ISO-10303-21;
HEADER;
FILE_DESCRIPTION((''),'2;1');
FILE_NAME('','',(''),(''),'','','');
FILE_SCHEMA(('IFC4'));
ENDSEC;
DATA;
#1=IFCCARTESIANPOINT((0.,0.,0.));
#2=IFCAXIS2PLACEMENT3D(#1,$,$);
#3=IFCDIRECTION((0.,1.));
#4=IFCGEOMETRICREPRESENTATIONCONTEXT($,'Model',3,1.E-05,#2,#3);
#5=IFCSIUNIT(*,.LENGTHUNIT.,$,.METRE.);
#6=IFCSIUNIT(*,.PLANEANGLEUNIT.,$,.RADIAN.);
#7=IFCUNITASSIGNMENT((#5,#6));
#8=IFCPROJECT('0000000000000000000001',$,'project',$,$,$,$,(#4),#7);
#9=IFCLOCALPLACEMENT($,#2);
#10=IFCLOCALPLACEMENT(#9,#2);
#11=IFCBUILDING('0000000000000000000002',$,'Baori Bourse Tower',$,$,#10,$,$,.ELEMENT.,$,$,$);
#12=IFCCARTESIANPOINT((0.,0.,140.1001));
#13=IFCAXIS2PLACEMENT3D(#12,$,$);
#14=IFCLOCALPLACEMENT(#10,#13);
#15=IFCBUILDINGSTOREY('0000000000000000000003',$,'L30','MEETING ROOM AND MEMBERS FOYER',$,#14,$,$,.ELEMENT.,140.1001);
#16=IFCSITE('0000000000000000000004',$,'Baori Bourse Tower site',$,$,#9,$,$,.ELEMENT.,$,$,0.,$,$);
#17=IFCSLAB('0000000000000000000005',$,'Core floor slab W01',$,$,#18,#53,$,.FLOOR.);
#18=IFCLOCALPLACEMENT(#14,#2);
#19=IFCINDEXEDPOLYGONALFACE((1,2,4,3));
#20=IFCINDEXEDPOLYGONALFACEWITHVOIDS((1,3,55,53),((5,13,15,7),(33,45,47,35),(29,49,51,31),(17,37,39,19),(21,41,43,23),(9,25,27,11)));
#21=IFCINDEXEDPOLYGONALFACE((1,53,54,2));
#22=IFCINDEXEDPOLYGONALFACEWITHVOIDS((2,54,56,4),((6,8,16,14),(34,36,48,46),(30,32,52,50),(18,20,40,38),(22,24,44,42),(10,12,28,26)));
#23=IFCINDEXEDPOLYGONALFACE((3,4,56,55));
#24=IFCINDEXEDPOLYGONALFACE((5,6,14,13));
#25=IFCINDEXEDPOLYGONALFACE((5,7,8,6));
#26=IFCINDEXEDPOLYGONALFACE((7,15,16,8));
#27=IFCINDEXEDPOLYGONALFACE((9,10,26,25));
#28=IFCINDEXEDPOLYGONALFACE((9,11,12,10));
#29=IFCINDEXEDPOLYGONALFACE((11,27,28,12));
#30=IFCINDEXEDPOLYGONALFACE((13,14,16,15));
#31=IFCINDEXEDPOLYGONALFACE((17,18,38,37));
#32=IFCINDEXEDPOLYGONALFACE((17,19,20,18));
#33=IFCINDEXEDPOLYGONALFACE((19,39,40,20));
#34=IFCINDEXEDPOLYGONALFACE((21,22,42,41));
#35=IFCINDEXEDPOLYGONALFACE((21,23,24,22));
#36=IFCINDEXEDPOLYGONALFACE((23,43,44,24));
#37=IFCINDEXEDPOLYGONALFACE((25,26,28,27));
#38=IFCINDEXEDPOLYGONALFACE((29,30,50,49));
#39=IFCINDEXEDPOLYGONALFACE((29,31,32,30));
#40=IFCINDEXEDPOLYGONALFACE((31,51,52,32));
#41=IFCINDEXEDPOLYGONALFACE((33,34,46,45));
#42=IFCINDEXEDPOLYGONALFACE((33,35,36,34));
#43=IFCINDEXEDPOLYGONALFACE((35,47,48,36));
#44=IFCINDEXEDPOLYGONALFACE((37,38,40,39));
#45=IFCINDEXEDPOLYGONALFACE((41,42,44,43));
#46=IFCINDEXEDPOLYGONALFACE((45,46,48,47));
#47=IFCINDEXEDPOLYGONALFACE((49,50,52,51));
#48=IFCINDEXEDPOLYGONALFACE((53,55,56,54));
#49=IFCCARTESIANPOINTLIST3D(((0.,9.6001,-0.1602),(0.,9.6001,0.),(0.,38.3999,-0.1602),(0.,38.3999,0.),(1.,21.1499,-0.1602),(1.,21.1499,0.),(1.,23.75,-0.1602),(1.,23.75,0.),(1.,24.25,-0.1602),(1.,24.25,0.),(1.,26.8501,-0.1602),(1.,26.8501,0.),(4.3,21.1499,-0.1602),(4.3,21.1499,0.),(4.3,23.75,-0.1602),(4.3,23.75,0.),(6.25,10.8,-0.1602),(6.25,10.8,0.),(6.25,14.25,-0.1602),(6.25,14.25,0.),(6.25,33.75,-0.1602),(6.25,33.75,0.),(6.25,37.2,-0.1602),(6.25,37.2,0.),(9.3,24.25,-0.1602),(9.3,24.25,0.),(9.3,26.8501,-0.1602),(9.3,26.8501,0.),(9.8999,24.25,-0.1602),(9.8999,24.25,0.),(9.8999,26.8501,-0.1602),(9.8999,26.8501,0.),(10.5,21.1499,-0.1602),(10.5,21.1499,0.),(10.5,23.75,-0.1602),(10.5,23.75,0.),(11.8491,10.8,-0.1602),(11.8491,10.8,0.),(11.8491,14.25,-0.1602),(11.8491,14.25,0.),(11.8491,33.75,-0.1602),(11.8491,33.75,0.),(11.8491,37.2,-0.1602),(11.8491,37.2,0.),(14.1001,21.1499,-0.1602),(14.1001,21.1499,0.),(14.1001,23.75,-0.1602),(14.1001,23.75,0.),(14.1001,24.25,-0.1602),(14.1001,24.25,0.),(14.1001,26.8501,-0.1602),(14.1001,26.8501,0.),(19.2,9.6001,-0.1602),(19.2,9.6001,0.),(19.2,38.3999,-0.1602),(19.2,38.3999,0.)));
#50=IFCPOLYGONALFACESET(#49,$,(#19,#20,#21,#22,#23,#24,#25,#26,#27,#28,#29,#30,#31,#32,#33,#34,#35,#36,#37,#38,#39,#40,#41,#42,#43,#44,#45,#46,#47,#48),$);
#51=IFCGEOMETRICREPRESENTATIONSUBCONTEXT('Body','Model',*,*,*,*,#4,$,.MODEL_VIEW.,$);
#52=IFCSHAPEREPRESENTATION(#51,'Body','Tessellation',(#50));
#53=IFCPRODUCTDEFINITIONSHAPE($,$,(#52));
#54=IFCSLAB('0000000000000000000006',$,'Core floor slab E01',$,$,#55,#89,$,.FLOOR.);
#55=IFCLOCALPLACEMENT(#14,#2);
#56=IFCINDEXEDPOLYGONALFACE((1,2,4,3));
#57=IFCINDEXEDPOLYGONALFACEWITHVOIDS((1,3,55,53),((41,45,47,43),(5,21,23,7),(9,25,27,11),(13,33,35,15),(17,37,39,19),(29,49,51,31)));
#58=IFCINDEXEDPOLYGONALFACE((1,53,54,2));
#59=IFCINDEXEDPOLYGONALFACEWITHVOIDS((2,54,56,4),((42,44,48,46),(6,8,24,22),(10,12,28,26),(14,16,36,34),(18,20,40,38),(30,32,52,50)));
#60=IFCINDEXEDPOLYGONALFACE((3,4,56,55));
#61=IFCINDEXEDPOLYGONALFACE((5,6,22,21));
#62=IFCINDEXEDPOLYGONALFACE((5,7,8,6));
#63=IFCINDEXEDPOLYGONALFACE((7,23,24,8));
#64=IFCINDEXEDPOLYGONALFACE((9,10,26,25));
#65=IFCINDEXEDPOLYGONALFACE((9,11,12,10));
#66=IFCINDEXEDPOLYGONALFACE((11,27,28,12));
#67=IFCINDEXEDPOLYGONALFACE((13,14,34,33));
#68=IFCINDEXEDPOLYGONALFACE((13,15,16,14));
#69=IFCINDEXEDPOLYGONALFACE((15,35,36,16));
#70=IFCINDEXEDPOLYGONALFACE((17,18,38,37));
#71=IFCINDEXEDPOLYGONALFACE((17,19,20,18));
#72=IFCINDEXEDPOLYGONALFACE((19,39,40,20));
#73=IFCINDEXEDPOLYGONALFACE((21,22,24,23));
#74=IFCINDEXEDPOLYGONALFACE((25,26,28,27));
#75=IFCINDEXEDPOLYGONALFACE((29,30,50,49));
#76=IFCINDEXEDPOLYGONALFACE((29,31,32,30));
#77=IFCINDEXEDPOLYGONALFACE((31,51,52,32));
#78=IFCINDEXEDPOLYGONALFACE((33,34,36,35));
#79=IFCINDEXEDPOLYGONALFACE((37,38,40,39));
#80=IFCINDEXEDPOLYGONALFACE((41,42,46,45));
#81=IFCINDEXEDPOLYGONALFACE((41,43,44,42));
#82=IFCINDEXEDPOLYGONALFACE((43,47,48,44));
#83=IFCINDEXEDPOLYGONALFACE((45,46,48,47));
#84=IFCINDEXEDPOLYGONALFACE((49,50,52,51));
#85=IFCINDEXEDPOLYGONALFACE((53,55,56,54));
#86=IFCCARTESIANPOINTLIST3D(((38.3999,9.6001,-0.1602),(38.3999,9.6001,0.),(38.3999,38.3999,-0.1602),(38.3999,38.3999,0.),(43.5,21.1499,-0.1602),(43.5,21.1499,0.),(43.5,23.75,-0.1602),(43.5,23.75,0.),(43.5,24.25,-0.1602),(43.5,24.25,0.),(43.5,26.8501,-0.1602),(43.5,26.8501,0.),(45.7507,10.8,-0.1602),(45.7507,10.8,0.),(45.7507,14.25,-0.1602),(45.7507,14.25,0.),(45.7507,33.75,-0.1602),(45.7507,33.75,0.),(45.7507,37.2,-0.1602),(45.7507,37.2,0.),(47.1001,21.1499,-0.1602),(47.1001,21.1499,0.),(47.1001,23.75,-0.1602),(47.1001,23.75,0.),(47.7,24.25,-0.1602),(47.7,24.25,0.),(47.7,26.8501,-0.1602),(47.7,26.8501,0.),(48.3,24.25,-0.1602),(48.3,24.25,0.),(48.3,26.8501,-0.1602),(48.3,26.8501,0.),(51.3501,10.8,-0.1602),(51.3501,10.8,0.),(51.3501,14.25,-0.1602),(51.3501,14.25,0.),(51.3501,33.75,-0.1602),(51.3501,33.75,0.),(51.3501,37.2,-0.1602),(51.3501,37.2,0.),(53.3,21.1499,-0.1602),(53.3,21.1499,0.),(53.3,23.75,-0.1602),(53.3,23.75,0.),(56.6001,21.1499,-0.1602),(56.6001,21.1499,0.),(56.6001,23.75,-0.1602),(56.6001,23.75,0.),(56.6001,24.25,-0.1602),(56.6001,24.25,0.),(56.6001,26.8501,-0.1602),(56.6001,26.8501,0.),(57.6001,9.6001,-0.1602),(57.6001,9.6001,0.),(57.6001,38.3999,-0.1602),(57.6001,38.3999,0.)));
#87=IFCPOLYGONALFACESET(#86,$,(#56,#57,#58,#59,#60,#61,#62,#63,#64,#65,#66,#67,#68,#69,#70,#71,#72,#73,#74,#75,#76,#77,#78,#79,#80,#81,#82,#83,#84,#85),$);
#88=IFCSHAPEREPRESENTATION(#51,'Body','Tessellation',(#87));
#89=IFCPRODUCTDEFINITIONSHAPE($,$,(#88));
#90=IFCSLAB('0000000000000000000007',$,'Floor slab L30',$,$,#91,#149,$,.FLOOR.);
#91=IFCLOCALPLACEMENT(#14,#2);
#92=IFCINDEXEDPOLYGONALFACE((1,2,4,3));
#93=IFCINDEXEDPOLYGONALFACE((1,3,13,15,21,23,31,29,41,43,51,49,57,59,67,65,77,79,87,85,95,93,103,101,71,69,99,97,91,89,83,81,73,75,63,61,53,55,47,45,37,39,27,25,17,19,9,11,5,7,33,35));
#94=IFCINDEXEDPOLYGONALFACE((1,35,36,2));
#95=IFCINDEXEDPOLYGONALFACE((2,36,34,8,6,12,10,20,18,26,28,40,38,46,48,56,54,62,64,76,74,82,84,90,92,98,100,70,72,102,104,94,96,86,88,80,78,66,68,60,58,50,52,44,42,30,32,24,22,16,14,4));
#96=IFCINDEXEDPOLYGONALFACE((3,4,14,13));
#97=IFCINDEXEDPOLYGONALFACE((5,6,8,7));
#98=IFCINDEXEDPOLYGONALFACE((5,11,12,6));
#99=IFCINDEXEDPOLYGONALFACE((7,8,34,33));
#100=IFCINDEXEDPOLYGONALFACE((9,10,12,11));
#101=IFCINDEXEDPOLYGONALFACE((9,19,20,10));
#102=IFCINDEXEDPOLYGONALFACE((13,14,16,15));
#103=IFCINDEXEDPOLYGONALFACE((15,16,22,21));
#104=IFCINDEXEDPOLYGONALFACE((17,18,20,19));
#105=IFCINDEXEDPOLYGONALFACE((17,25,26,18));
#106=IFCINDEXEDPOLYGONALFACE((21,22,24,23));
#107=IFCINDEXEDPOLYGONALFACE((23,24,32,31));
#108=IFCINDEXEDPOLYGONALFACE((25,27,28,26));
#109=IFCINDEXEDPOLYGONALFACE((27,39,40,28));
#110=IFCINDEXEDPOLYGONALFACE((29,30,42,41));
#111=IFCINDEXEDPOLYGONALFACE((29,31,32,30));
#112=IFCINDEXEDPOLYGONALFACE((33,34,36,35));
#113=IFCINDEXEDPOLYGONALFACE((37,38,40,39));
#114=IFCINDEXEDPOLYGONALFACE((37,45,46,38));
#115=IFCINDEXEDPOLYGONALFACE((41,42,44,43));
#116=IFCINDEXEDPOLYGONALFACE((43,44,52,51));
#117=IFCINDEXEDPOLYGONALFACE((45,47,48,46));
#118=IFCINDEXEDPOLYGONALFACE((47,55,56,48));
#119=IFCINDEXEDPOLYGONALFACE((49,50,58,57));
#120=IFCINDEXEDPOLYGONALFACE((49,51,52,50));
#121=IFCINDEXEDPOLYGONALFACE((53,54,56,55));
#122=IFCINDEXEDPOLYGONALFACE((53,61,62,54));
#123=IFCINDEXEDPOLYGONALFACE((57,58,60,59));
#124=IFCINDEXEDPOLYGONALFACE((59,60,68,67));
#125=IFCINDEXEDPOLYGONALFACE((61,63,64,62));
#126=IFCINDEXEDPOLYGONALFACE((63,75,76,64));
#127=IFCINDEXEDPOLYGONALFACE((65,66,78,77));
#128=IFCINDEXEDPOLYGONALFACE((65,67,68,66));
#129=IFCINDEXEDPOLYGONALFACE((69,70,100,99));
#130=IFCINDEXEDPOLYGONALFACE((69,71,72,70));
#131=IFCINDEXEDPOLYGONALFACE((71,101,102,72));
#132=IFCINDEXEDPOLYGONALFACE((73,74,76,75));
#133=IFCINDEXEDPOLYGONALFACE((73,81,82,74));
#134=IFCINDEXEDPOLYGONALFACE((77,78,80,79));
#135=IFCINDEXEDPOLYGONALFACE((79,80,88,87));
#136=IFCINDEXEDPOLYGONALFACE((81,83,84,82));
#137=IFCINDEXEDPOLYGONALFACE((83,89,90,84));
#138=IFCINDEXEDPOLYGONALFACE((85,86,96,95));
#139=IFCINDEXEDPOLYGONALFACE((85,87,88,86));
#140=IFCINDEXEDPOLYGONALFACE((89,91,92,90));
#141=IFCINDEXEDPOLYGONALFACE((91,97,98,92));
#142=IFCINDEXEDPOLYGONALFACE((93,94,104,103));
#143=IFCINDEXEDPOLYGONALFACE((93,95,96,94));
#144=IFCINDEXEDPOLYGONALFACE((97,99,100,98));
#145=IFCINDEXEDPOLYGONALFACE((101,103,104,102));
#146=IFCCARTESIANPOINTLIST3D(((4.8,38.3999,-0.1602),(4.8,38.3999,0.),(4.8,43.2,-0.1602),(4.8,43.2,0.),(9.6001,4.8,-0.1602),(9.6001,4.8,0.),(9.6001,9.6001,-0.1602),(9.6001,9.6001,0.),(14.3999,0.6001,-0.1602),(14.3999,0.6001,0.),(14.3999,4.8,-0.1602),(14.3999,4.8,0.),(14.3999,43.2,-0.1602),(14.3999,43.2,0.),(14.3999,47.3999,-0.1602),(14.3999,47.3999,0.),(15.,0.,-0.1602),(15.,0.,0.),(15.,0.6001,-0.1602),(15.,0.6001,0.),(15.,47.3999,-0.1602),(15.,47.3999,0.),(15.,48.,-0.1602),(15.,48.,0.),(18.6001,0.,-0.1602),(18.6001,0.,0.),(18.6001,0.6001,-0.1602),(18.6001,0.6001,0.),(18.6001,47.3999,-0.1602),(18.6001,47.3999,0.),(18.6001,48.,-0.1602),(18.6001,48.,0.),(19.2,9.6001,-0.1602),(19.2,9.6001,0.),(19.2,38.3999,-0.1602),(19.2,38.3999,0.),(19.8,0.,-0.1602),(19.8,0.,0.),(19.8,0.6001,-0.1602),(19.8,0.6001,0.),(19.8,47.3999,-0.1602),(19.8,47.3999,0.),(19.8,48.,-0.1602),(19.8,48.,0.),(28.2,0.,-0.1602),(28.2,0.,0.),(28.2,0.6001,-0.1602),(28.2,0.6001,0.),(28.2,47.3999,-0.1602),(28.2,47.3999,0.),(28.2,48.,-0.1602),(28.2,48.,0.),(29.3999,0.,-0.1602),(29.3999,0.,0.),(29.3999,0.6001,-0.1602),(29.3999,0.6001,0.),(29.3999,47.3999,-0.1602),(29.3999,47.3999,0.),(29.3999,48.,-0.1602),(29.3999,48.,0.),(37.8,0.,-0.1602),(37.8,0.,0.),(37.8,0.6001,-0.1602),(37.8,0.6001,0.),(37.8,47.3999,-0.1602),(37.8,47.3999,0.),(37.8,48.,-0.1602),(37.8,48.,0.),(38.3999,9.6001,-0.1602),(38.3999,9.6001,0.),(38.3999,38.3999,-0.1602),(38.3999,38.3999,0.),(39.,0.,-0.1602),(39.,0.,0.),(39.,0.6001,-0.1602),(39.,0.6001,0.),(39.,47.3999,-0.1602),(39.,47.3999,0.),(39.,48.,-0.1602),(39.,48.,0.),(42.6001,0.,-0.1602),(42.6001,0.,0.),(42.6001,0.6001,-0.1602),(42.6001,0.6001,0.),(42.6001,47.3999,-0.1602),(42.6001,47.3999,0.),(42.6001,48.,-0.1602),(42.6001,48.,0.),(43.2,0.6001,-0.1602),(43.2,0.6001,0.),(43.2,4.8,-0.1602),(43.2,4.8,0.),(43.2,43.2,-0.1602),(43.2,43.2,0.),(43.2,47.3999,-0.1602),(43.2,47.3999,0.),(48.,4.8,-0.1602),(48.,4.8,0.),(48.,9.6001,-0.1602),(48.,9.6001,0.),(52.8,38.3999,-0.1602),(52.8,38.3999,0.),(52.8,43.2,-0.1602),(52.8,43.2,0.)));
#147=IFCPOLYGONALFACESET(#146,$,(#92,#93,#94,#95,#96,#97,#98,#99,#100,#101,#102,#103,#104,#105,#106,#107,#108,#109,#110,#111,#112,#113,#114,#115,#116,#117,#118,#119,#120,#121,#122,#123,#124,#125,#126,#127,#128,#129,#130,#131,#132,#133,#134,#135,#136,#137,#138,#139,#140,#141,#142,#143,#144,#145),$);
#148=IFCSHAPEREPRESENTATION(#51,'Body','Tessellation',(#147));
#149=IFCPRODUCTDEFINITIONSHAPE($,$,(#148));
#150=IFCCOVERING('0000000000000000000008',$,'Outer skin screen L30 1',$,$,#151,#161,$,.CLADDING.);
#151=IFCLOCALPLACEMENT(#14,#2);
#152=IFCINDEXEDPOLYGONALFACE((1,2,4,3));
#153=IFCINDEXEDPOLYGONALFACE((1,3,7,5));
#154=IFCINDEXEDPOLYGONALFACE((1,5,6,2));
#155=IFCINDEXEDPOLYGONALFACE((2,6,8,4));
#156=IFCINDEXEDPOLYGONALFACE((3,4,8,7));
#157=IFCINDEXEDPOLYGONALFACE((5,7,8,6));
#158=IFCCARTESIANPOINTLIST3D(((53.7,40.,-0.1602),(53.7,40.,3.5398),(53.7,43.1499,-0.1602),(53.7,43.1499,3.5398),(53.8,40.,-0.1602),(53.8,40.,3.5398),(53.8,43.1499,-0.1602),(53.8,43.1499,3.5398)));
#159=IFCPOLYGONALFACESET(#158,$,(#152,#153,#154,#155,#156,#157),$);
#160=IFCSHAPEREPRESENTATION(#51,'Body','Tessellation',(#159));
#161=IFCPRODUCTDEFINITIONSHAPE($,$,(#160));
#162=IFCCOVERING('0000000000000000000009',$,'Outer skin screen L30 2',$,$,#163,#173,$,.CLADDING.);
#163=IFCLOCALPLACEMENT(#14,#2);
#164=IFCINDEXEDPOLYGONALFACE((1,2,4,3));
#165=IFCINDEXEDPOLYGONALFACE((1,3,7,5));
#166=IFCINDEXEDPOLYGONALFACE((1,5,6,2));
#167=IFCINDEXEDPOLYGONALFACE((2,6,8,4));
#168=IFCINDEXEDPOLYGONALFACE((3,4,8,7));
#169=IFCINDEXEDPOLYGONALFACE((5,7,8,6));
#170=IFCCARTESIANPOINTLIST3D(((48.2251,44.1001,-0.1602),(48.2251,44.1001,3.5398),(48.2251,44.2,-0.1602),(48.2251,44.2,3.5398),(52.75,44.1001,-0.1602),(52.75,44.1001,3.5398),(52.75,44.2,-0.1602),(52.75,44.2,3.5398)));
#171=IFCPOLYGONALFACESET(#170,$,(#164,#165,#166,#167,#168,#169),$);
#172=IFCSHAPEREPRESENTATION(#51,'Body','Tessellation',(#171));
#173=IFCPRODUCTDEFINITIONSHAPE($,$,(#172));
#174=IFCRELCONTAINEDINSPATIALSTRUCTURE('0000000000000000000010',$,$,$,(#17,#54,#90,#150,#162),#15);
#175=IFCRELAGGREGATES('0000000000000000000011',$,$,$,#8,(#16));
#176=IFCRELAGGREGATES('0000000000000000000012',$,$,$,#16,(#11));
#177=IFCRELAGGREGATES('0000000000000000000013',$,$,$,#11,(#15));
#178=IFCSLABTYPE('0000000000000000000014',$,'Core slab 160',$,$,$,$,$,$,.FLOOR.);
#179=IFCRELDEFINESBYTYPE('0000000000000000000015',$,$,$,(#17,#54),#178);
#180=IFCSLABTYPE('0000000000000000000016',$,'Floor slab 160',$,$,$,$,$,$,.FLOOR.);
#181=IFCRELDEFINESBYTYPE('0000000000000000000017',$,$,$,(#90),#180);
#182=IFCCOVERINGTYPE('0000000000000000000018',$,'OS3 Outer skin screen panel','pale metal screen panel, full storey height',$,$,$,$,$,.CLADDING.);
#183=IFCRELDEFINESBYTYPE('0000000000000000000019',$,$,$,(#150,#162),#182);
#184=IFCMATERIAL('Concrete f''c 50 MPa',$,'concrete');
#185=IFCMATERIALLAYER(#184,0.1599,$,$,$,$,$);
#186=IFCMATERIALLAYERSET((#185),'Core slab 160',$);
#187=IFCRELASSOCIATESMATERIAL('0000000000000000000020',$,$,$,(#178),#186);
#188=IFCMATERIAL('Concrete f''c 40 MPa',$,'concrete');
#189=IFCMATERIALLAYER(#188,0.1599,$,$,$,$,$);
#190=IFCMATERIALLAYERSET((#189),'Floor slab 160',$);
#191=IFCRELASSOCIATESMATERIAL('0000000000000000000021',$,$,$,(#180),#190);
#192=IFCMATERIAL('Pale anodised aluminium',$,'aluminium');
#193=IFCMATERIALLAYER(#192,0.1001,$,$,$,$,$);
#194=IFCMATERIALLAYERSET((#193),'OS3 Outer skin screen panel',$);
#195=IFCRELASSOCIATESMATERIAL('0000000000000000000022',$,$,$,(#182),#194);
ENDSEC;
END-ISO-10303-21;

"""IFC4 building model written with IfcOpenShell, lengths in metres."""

from ifc_helpers import new_model, si_unit, direction, frame, origin, place, context, subcontext, project, spatial, polyline, outline, extrude, material, layer, layer_set, type_object, element, save


model = new_model("IFC4")

# Units and contexts
model_context = context("Model", 3, precision=1e-05, world=origin(), true_north=direction((0.0, 1.0)))
body_context = subcontext(model_context, "Body", "Model", "MODEL_VIEW")
ifc_project = project(units=[si_unit("LENGTHUNIT", "METRE"), si_unit("PLANEANGLEUNIT", "RADIAN")], contexts=[model_context])

# Site, building, storey
site_placement = place(None, origin())
site = spatial("IfcSite", under=ifc_project, at=site_placement, Name="Baori Bourse Tower site", CompositionType="ELEMENT", RefElevation=0.0)
building_placement = place(site_placement, origin())
building = spatial("IfcBuilding", under=site, at=building_placement, Name="Baori Bourse Tower", CompositionType="ELEMENT")
storey_placement = place(building_placement, frame((0.0, 0.0, 140.1001)))
storey = spatial("IfcBuildingStorey", under=building, at=storey_placement, Name="L30", Description="MEETING ROOM AND MEMBERS FOYER", CompositionType="ELEMENT", Elevation=140.1001)

# Slabs
ifc_material_1 = material(Name="Concrete f'c 50 MPa", Category="concrete")
ifc_layer_1 = layer(ifc_material_1, 0.1599)
ifc_layer_set_1 = layer_set([ifc_layer_1], Name="Core slab 160")
slab_type_1 = type_object("IfcSlabType", Name="Core slab 160", PredefinedType="FLOOR", material=ifc_layer_set_1)
slab_1_placement = place(storey_placement, frame((0.0, 0.0, -0.1602)))
element("IfcSlab", 1, at=slab_1_placement, inside=storey, type_object=slab_type_1, Name="Core floor slab W01", PredefinedType="FLOOR", context=body_context, shape_type="SweptSolid", body=[
    extrude(outline(polyline([(0.0, 38.3999), (0.0, 9.6001), (19.2, 9.6001), (19.2, 38.3999), (0.0, 38.3999)]), holes=[polyline([(10.5, 21.1499), (10.5, 23.75), (14.1001, 23.75), (14.1001, 21.1499), (10.5, 21.1499)]), polyline([(14.1001, 24.25), (9.8999, 24.25), (9.8999, 26.8501), (14.1001, 26.8501), (14.1001, 24.25)]), polyline([(6.25, 14.25), (11.8491, 14.25), (11.8491, 10.8), (6.25, 10.8), (6.25, 14.25)]), polyline([(11.8491, 37.2), (11.8491, 33.75), (6.25, 33.75), (6.25, 37.2), (11.8491, 37.2)]), polyline([(1.0, 26.8501), (9.3, 26.8501), (9.3, 24.25), (1.0, 24.25), (1.0, 26.8501)]), polyline([(4.3, 23.75), (4.3, 21.1499), (1.0, 21.1499), (1.0, 23.75), (4.3, 23.75)])]), origin(), (0.0, 0.0, 1.0), 0.1602),
])
slab_2_placement = place(storey_placement, frame((0.0, 0.0, -0.1602)))
element("IfcSlab", 2, at=slab_2_placement, inside=storey, type_object=slab_type_1, Name="Core floor slab E01", PredefinedType="FLOOR", context=body_context, shape_type="SweptSolid", body=[
    extrude(outline(polyline([(57.6001, 38.3999), (38.3999, 38.3999), (38.3999, 9.6001), (57.6001, 9.6001), (57.6001, 38.3999)]), holes=[polyline([(56.6001, 21.1499), (53.3, 21.1499), (53.3, 23.75), (56.6001, 23.75), (56.6001, 21.1499)]), polyline([(56.6001, 26.8501), (56.6001, 24.25), (48.3, 24.25), (48.3, 26.8501), (56.6001, 26.8501)]), polyline([(45.7507, 14.25), (51.3501, 14.25), (51.3501, 10.8), (45.7507, 10.8), (45.7507, 14.25)]), polyline([(51.3501, 37.2), (51.3501, 33.75), (45.7507, 33.75), (45.7507, 37.2), (51.3501, 37.2)]), polyline([(43.5, 24.25), (43.5, 26.8501), (47.7, 26.8501), (47.7, 24.25), (43.5, 24.25)]), polyline([(43.5, 23.75), (47.1001, 23.75), (47.1001, 21.1499), (43.5, 21.1499), (43.5, 23.75)])]), origin(), (0.0, 0.0, 1.0), 0.1602),
])
ifc_material_2 = material(Name="Concrete f'c 40 MPa", Category="concrete")
ifc_layer_2 = layer(ifc_material_2, 0.1599)
ifc_layer_set_2 = layer_set([ifc_layer_2], Name="Floor slab 160")
slab_type_2 = type_object("IfcSlabType", Name="Floor slab 160", PredefinedType="FLOOR", material=ifc_layer_set_2)
slab_3_placement = place(storey_placement, frame((0.0, 0.0, -0.1602)))
element("IfcSlab", 3, at=slab_3_placement, inside=storey, type_object=slab_type_2, Name="Floor slab L30", PredefinedType="FLOOR", context=body_context, shape_type="SweptSolid", body=[
    extrude(outline(polyline([(14.3999, 4.8), (9.6001, 4.8), (9.6001, 9.6001), (19.2, 9.6001), (19.2, 38.3999), (4.8, 38.3999), (4.8, 43.2), (14.3999, 43.2), (14.3999, 47.3999), (15.0, 47.3999), (15.0, 48.0), (18.6001, 48.0), (18.6001, 47.3999), (19.8, 47.3999), (19.8, 48.0), (28.2, 48.0), (28.2, 47.3999), (29.3999, 47.3999), (29.3999, 48.0), (37.8, 48.0), (37.8, 47.3999), (39.0, 47.3999), (39.0, 48.0), (42.6001, 48.0), (42.6001, 47.3999), (43.2, 47.3999), (43.2, 43.2), (52.8, 43.2), (52.8, 38.3999), (38.3999, 38.3999), (38.3999, 9.6001), (48.0, 9.6001), (48.0, 4.8), (43.2, 4.8), (43.2, 0.6001), (42.6001, 0.6001), (42.6001, 0.0), (39.0, 0.0), (39.0, 0.6001), (37.8, 0.6001), (37.8, 0.0), (29.3999, 0.0), (29.3999, 0.6001), (28.2, 0.6001), (28.2, 0.0), (19.8, 0.0), (19.8, 0.6001), (18.6001, 0.6001), (18.6001, 0.0), (15.0, 0.0), (15.0, 0.6001), (14.3999, 0.6001), (14.3999, 4.8)])), origin(), (0.0, 0.0, 1.0), 0.1602),
])

# Coverings
ifc_material_3 = material(Name="Pale anodised aluminium", Category="aluminium")
ifc_layer_3 = layer(ifc_material_3, 0.1001)
ifc_layer_set_3 = layer_set([ifc_layer_3], Name="OS3 Outer skin screen panel")
covering_type = type_object("IfcCoveringType", Name="OS3 Outer skin screen panel", Description="pale metal screen panel, full storey height", PredefinedType="CLADDING", material=ifc_layer_set_3)
covering_1_placement = place(storey_placement, frame((0.0, 0.0, -0.1602)))
element("IfcCovering", 4, at=covering_1_placement, inside=storey, type_object=covering_type, Name="Outer skin screen L30 1", PredefinedType="CLADDING", context=body_context, shape_type="SweptSolid", body=[
    extrude(outline(polyline([(53.7, 43.1499), (53.7, 40.0), (53.8, 40.0), (53.8, 43.1499), (53.7, 43.1499)])), origin(), (0.0, 0.0, 1.0), 3.7),
])
covering_2_placement = place(storey_placement, frame((0.0, 0.0, -0.1602)))
element("IfcCovering", 5, at=covering_2_placement, inside=storey, type_object=covering_type, Name="Outer skin screen L30 2", PredefinedType="CLADDING", context=body_context, shape_type="SweptSolid", body=[
    extrude(outline(polyline([(48.2251, 44.1001), (52.75, 44.1001), (52.75, 44.2), (48.2251, 44.2), (48.2251, 44.1001)])), origin(), (0.0, 0.0, 1.0), 3.7),
])

save(model, "model.ifc")
